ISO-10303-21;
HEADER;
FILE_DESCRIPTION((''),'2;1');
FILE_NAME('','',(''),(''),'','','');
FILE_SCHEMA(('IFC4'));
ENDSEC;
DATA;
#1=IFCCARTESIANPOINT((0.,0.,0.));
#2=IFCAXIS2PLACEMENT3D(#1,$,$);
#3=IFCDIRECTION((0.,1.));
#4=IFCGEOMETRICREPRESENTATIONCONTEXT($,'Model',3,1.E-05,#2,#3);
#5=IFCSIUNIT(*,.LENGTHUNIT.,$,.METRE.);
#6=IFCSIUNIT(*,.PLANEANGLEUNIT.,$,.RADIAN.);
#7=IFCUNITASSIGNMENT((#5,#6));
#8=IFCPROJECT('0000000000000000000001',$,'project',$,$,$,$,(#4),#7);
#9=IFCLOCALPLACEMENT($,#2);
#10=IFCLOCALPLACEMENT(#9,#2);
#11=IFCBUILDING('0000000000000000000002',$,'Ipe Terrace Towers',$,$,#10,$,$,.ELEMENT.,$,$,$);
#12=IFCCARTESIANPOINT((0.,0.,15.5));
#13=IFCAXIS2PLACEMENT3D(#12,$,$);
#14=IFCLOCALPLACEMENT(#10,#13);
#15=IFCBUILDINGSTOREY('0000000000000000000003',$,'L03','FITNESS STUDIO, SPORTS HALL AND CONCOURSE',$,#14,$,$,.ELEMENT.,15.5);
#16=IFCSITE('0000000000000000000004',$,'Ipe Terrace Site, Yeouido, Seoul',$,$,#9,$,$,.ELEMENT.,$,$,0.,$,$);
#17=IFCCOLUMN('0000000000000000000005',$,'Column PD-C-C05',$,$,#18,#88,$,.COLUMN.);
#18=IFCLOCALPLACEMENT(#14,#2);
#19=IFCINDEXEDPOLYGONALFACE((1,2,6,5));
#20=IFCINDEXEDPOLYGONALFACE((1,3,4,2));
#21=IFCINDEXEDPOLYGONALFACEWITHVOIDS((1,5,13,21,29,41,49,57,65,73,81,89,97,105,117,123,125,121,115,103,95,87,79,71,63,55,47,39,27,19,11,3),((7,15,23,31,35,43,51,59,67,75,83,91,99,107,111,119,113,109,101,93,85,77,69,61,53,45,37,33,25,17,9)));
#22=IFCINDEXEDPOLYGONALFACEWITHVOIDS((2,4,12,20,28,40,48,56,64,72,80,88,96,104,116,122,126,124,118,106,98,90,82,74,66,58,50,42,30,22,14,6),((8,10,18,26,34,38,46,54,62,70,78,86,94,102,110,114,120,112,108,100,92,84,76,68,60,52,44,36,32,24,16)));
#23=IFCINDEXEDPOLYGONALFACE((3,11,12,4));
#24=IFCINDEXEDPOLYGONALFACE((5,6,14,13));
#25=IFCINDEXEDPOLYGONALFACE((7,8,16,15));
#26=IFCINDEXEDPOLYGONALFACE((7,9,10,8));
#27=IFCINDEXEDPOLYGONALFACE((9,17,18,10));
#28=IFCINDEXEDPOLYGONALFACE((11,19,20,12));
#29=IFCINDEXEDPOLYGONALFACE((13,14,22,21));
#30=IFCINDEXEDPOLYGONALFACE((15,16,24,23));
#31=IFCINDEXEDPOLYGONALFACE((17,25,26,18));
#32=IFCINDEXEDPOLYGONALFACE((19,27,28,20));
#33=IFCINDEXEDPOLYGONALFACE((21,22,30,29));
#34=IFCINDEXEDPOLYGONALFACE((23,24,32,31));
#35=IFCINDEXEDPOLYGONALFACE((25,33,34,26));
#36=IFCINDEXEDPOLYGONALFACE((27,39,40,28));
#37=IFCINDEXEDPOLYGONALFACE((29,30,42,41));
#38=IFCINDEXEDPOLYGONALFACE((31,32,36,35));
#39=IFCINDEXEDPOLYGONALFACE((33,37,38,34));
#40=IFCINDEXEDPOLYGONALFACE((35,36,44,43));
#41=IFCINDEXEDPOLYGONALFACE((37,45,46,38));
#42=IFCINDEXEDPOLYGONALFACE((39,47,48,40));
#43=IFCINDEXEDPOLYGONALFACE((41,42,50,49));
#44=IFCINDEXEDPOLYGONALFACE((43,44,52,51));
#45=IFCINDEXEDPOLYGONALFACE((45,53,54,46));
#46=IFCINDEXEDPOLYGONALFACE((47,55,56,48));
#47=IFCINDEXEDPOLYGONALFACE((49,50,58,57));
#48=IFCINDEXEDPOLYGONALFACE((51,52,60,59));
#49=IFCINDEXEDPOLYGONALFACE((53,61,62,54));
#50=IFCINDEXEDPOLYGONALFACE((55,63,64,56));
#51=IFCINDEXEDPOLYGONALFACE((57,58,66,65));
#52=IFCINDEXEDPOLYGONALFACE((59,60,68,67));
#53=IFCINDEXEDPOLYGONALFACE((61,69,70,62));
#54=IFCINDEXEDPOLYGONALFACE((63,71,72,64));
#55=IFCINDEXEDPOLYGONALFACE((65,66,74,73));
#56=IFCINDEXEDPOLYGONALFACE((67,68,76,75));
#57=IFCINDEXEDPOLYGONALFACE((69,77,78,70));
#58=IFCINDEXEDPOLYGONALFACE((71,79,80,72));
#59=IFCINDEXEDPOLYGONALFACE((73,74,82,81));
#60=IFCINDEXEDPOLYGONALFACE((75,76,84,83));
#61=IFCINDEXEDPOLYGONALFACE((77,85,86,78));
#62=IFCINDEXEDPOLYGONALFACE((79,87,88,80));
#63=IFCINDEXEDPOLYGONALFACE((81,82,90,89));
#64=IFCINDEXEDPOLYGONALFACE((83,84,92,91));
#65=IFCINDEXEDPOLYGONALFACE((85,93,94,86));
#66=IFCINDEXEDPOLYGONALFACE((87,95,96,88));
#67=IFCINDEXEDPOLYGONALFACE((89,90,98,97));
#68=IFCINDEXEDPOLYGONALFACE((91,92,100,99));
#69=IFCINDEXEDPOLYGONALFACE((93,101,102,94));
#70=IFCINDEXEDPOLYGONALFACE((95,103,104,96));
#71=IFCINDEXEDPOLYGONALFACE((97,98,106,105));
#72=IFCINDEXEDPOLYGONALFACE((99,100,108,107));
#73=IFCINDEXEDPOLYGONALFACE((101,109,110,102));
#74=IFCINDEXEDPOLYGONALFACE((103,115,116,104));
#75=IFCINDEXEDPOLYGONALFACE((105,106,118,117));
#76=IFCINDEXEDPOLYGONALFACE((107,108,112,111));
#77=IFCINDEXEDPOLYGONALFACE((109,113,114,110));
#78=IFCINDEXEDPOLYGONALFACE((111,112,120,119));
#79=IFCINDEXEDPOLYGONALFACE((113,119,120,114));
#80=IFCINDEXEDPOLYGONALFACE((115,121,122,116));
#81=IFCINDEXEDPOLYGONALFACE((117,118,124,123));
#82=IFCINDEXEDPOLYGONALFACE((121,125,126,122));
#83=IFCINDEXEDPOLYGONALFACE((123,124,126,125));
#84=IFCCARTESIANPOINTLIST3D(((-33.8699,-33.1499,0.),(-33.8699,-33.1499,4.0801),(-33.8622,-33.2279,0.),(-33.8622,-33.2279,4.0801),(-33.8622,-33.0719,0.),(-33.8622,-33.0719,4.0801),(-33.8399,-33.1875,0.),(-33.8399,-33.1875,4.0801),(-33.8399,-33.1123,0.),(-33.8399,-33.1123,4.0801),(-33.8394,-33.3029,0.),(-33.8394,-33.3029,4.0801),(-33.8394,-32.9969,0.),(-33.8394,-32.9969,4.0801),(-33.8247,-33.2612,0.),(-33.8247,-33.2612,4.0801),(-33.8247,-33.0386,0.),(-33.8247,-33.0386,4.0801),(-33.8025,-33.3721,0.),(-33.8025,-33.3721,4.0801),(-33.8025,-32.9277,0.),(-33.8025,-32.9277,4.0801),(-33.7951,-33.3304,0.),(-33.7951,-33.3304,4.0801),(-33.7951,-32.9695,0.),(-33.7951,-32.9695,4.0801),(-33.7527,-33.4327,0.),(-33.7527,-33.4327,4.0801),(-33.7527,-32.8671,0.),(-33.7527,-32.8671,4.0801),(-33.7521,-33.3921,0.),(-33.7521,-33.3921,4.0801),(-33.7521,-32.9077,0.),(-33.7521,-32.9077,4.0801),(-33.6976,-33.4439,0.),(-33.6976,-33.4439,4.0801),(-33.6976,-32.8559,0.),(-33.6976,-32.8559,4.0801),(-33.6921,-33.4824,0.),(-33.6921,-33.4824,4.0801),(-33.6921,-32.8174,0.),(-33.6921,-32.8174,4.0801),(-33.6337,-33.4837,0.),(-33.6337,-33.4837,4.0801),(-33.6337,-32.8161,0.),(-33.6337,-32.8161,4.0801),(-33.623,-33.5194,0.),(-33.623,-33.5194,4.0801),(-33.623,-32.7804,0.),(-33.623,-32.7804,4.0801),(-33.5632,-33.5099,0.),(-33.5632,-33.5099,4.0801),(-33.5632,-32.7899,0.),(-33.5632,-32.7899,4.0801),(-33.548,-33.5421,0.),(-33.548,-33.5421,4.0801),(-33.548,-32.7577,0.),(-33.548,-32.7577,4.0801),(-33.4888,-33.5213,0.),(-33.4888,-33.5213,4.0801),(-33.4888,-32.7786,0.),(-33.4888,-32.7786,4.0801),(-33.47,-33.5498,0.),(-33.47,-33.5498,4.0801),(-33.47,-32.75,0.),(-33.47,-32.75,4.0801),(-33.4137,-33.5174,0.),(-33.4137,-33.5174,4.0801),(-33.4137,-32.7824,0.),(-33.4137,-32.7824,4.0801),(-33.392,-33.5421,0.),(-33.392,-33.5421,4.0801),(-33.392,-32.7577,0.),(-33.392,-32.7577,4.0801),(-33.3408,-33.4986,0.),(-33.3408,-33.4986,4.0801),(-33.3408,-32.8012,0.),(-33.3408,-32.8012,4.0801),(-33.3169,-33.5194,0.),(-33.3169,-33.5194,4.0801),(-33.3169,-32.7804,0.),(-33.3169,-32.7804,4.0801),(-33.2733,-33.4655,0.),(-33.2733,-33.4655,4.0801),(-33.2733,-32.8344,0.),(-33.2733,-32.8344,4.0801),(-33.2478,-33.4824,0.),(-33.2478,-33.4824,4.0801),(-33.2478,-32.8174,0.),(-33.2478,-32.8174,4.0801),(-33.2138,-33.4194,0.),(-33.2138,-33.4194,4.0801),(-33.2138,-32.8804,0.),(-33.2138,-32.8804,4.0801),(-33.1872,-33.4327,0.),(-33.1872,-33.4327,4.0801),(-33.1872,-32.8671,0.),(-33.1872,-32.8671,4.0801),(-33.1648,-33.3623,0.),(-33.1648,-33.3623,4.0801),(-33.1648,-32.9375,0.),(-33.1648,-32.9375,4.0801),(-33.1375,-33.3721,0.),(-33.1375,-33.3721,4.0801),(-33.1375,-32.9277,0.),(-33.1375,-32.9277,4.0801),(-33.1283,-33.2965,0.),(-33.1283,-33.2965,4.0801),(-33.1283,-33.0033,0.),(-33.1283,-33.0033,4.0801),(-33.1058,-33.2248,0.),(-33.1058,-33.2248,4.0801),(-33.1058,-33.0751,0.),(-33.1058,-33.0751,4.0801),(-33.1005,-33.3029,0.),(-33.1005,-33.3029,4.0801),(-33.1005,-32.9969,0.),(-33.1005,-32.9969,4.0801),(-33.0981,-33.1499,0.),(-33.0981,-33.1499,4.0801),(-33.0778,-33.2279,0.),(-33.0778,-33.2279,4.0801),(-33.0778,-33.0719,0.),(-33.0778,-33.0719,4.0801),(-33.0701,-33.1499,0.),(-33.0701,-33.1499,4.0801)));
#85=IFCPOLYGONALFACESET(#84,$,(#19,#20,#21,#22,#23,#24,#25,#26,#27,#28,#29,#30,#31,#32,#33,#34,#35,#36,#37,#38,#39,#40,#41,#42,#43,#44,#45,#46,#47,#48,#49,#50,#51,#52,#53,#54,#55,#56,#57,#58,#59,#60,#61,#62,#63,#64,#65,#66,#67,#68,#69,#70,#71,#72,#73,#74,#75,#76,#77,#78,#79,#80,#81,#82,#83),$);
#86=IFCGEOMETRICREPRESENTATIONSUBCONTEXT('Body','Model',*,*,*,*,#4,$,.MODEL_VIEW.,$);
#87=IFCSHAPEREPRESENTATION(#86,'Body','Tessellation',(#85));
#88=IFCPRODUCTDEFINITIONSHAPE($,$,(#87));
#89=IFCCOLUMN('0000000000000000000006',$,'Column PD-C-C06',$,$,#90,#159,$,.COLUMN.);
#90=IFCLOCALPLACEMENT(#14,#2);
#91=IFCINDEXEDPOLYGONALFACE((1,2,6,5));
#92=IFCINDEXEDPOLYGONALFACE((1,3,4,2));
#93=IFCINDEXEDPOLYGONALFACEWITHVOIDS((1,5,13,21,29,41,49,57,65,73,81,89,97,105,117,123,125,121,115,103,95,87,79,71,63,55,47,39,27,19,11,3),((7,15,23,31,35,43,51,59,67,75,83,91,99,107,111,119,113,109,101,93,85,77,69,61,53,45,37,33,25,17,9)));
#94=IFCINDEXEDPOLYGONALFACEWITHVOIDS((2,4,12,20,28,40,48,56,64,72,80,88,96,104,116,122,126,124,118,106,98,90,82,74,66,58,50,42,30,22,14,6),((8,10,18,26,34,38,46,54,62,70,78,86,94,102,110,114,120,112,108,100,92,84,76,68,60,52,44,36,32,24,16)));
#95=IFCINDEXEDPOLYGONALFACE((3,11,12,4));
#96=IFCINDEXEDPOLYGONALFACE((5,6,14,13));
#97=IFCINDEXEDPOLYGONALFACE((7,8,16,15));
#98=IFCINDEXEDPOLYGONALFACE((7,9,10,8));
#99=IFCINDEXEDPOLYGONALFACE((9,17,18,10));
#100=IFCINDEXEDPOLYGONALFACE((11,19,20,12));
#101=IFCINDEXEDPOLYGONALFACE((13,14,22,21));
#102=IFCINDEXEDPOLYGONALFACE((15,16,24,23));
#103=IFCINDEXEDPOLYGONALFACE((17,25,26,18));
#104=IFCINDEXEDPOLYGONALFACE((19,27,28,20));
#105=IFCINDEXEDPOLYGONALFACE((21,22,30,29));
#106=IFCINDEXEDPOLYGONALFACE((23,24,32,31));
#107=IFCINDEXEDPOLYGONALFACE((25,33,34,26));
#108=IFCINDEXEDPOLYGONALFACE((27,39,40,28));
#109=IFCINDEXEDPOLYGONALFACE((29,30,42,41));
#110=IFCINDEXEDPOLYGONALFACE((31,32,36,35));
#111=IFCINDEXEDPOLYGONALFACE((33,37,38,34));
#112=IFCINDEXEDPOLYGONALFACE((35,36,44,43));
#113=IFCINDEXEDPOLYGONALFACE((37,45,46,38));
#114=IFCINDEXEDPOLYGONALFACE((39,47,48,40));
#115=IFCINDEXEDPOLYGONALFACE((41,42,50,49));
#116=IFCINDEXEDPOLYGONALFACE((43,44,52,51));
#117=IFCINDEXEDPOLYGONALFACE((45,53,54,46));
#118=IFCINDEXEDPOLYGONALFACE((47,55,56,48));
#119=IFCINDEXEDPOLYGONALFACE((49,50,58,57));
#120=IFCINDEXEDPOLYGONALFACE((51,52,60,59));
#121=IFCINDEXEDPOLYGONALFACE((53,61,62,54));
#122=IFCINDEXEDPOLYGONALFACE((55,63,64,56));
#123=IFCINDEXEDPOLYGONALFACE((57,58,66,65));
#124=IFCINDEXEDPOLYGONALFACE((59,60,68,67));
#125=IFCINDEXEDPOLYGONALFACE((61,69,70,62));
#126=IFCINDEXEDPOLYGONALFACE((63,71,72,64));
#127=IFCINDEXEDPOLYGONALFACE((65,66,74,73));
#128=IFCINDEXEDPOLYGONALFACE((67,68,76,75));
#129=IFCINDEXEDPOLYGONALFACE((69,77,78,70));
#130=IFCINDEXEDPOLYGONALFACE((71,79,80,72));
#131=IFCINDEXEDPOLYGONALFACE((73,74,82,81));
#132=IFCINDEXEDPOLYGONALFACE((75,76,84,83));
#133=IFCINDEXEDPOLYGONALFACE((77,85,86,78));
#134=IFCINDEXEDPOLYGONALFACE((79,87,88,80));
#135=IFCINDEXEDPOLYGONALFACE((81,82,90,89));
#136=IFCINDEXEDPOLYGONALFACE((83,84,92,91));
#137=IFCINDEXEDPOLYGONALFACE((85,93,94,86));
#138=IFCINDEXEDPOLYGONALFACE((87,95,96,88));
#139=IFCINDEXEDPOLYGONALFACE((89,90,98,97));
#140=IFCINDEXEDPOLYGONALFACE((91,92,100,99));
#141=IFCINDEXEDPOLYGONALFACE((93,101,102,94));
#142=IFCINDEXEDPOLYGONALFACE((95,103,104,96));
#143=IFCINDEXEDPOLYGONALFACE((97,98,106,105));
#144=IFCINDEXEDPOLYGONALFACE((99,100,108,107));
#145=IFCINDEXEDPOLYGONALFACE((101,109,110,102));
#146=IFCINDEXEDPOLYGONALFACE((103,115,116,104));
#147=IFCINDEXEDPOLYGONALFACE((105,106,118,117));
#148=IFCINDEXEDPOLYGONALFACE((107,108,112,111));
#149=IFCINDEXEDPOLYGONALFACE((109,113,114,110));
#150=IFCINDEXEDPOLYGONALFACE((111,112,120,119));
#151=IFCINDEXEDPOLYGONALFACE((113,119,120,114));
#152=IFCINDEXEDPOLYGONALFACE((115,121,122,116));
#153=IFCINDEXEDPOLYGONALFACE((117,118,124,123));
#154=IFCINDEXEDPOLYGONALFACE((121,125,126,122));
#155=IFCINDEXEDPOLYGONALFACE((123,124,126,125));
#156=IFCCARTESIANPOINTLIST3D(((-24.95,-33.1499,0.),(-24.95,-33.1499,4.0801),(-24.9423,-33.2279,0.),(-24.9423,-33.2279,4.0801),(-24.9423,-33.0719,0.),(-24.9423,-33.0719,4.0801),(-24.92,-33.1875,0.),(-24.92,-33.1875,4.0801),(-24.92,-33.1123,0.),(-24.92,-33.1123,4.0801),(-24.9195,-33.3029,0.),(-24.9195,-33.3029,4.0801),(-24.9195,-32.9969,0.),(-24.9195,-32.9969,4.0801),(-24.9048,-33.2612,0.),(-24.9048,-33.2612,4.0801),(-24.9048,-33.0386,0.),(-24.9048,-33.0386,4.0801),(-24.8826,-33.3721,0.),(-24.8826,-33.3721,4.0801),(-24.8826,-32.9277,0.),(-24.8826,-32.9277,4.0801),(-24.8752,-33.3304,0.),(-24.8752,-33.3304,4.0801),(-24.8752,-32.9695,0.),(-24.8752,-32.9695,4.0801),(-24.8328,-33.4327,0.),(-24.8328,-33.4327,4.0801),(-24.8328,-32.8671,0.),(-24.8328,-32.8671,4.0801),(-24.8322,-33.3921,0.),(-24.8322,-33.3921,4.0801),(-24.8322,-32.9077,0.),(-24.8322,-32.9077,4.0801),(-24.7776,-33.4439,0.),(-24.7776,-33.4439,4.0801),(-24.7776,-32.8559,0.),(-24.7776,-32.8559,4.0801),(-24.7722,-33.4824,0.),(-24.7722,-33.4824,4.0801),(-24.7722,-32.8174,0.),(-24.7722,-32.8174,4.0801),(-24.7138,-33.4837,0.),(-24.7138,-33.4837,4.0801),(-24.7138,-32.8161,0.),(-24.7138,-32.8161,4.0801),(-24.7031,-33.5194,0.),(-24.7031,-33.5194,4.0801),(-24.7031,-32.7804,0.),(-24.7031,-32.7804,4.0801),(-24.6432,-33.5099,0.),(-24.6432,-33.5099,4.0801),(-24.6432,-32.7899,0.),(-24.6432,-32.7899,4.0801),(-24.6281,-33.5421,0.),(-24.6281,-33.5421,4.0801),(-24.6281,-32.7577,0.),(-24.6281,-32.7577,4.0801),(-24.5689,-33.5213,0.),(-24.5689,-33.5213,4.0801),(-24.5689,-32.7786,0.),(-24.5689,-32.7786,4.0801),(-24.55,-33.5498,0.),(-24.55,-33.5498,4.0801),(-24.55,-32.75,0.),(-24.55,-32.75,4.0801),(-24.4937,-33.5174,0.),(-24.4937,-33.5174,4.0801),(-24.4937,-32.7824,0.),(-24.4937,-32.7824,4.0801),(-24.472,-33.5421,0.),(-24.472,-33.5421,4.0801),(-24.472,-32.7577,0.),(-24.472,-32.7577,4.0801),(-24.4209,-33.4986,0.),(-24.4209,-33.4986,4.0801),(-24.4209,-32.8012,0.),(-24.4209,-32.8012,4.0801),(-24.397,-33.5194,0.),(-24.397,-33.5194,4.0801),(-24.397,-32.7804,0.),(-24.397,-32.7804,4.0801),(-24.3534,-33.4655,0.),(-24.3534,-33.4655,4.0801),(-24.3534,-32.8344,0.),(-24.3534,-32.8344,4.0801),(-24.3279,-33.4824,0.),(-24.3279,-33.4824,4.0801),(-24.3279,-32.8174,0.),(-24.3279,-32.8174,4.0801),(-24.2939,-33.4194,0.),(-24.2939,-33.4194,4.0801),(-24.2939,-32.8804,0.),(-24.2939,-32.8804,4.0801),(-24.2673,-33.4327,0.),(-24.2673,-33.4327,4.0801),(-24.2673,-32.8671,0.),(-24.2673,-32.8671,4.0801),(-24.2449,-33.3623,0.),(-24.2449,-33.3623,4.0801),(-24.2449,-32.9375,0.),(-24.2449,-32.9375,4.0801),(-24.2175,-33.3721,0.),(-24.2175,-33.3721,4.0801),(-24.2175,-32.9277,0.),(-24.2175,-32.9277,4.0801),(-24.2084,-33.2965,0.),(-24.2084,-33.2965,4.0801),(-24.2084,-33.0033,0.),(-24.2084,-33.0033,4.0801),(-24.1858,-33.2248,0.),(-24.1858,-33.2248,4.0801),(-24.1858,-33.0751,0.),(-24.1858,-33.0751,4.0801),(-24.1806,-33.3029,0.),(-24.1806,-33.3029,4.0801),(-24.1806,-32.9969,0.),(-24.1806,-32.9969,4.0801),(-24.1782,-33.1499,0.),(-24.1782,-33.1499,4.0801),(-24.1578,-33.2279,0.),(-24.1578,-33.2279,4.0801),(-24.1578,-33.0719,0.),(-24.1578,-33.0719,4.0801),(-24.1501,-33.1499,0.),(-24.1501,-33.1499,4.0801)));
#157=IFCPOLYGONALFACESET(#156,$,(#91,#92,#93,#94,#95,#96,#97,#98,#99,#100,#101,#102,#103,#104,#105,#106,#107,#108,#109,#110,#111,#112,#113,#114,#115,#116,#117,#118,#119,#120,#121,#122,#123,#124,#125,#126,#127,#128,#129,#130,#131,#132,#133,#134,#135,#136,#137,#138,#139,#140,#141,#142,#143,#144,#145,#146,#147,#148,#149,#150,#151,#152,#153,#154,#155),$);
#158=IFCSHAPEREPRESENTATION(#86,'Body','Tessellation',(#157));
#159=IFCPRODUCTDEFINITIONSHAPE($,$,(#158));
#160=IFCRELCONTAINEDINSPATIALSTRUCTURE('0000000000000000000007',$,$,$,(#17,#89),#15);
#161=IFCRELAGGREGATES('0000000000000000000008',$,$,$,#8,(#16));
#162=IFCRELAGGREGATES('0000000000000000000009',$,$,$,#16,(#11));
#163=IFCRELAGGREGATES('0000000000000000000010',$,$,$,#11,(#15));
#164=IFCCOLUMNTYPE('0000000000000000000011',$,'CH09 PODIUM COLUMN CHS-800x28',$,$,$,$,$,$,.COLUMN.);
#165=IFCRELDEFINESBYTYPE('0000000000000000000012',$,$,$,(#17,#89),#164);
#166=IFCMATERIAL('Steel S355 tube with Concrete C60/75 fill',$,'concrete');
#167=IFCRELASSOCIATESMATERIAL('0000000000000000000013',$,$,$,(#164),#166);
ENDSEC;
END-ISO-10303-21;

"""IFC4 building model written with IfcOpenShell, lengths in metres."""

from ifc_helpers import new_model, si_unit, direction, frame, origin, origin_2d, place, context, subcontext, project, spatial, hollow_circle, extrude, material, material_profile, profile_set, type_object, element, save


model = new_model("IFC4")

# Units and contexts
model_context = context("Model", 3, precision=1e-05, world=origin(), true_north=direction((0.0, 1.0)))
body_context = subcontext(model_context, "Body", "Model", "MODEL_VIEW")
ifc_project = project(units=[si_unit("LENGTHUNIT", "METRE"), si_unit("PLANEANGLEUNIT", "RADIAN")], contexts=[model_context])

# Site, building, storey
site_placement = place(None, origin())
site = spatial("IfcSite", under=ifc_project, at=site_placement, Name="Ipe Terrace Site, Yeouido, Seoul", CompositionType="ELEMENT", RefElevation=0.0)
building_placement = place(site_placement, origin())
building = spatial("IfcBuilding", under=site, at=building_placement, Name="Ipe Terrace Towers", CompositionType="ELEMENT")
storey_placement = place(building_placement, frame((0.0, 0.0, 15.5)))
storey = spatial("IfcBuildingStorey", under=building, at=storey_placement, Name="L03", Description="FITNESS STUDIO, SPORTS HALL AND CONCOURSE", CompositionType="ELEMENT", Elevation=15.5)

# Columns
ifc_material_1 = material(Name="Steel S355 tube with Concrete C60/75 fill", Category="concrete")
ifc_material_profile_1 = material_profile(ifc_material_1, hollow_circle(Radius=0.3999, WallThickness=0.0281, at=origin_2d()), Name="CHS-800x28")
ifc_profile_set_1 = profile_set([ifc_material_profile_1], Name="Steel S355 tube with Concrete C60/75 fill")
column_type = type_object("IfcColumnType", Name="CH09 PODIUM COLUMN CHS-800x28", PredefinedType="COLUMN", material=ifc_profile_set_1)
for number, where, z_axis, x_axis, name in (
    (1, (-33.47, -33.1499, 0.0), (0.0, 0.0, 1.0), (1.0, 0.0, 0.0), "Column PD-C-C05"),
    (2, (-24.55, -33.1499, 0.0), (0.0, 0.0, 1.0), (1.0, 0.0, 0.0), "Column PD-C-C06"),
):
    element("IfcColumn", number, at=place(storey_placement, frame(where, z_axis=z_axis, x_axis=x_axis)), inside=storey, type_object=column_type, Name=name, PredefinedType="COLUMN", context=body_context, shape_type="SweptSolid", body=[
        extrude(hollow_circle(Radius=0.3999, WallThickness=0.0281, at=origin_2d()), origin(), (0.0, 0.0, 1.0), 4.0801),
    ])

save(model, "model.ifc")
